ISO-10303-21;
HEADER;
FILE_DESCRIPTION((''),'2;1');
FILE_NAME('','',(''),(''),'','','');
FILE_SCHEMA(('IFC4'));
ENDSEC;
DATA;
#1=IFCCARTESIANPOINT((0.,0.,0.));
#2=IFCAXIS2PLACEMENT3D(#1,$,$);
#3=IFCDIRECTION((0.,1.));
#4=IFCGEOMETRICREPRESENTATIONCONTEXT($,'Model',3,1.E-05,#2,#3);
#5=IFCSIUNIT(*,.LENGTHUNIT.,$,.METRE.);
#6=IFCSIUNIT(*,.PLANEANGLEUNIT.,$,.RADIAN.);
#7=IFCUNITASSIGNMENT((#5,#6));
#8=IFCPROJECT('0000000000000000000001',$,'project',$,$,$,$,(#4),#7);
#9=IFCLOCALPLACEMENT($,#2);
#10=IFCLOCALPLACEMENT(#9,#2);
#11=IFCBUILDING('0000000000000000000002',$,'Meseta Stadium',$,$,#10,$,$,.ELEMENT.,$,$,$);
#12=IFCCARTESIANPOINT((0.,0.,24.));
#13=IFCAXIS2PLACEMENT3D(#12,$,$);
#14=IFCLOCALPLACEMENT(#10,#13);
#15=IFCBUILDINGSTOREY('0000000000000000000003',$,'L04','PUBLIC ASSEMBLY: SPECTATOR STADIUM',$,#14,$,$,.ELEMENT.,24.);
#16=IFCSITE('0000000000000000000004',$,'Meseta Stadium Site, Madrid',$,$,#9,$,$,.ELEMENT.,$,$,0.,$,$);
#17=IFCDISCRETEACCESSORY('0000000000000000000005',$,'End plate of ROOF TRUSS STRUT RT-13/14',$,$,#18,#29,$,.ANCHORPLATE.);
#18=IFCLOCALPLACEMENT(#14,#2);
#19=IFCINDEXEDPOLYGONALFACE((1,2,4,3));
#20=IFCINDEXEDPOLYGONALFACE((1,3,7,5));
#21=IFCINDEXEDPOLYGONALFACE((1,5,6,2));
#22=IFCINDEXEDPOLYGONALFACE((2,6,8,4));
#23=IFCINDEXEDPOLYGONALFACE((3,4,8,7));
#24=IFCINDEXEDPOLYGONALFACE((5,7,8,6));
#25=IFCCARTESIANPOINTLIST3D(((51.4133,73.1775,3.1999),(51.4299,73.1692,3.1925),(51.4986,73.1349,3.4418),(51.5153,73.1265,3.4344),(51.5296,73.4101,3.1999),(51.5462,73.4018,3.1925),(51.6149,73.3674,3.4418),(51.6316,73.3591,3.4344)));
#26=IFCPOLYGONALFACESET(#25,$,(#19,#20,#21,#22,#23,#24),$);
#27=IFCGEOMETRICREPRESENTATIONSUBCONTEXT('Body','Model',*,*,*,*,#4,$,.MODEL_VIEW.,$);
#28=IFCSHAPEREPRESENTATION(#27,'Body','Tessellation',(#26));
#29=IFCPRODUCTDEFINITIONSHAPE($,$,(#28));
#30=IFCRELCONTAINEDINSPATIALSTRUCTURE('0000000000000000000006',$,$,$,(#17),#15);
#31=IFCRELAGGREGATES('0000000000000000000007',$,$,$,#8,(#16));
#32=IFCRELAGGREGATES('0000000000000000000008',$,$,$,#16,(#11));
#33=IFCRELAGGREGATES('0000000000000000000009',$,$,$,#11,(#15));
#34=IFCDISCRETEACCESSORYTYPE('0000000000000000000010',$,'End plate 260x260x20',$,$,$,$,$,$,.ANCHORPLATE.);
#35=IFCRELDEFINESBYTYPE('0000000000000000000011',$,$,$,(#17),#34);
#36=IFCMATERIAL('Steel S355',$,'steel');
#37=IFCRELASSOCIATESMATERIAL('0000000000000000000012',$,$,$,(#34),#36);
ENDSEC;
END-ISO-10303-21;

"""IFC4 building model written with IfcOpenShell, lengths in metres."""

from ifc_helpers import new_model, si_unit, direction, frame, origin, origin_2d, place, context, subcontext, project, spatial, rectangle, extrude, material, material_profile, profile_set, type_object, element, save


model = new_model("IFC4")

# Units and contexts
model_context = context("Model", 3, precision=1e-05, world=origin(), true_north=direction((0.0, 1.0)))
body_context = subcontext(model_context, "Body", "Model", "MODEL_VIEW")
ifc_project = project(units=[si_unit("LENGTHUNIT", "METRE"), si_unit("PLANEANGLEUNIT", "RADIAN")], contexts=[model_context])

# Site, building, storey
site_placement = place(None, origin())
site = spatial("IfcSite", under=ifc_project, at=site_placement, Name="Meseta Stadium Site, Madrid", CompositionType="ELEMENT", RefElevation=0.0)
building_placement = place(site_placement, origin())
building = spatial("IfcBuilding", under=site, at=building_placement, Name="Meseta Stadium", CompositionType="ELEMENT")
storey_placement = place(building_placement, frame((0.0, 0.0, 24.0)))
storey = spatial("IfcBuildingStorey", under=building, at=storey_placement, Name="L04", Description="PUBLIC ASSEMBLY: SPECTATOR STADIUM", CompositionType="ELEMENT", Elevation=24.0)

# Discrete accessory
ifc_material_1 = material(Name="Steel S355", Category="steel")
ifc_material_profile_1 = material_profile(ifc_material_1, rectangle(XDim=0.26, YDim=0.26, at=origin_2d()), Name="PL 260x260")
ifc_profile_set_1 = profile_set([ifc_material_profile_1], Name="Steel S355")
discrete_accessory_type_1 = type_object("IfcDiscreteAccessoryType", Name="End plate 260x260x20", PredefinedType="ANCHORPLATE", material=ifc_profile_set_1)
for number, where, z_axis, x_axis, name in (
    (1, (51.5308, 73.2642, 3.3135), (-0.831995, 0.415997, 0.367057), (-0.447214, -0.894427, 0.0), "End plate of ROOF TRUSS STRUT RT-13/14"),
):
    element("IfcDiscreteAccessory", number, at=place(storey_placement, frame(where, z_axis=z_axis, x_axis=x_axis)), inside=storey, type_object=discrete_accessory_type_1, Name=name, PredefinedType="ANCHORPLATE", context=body_context, shape_type="SweptSolid", body=[
        extrude(rectangle(XDim=0.26, YDim=0.26, at=origin_2d()), origin(), (0.0, 0.0, 1.0), 0.02),
    ])

save(model, "model.ifc")
